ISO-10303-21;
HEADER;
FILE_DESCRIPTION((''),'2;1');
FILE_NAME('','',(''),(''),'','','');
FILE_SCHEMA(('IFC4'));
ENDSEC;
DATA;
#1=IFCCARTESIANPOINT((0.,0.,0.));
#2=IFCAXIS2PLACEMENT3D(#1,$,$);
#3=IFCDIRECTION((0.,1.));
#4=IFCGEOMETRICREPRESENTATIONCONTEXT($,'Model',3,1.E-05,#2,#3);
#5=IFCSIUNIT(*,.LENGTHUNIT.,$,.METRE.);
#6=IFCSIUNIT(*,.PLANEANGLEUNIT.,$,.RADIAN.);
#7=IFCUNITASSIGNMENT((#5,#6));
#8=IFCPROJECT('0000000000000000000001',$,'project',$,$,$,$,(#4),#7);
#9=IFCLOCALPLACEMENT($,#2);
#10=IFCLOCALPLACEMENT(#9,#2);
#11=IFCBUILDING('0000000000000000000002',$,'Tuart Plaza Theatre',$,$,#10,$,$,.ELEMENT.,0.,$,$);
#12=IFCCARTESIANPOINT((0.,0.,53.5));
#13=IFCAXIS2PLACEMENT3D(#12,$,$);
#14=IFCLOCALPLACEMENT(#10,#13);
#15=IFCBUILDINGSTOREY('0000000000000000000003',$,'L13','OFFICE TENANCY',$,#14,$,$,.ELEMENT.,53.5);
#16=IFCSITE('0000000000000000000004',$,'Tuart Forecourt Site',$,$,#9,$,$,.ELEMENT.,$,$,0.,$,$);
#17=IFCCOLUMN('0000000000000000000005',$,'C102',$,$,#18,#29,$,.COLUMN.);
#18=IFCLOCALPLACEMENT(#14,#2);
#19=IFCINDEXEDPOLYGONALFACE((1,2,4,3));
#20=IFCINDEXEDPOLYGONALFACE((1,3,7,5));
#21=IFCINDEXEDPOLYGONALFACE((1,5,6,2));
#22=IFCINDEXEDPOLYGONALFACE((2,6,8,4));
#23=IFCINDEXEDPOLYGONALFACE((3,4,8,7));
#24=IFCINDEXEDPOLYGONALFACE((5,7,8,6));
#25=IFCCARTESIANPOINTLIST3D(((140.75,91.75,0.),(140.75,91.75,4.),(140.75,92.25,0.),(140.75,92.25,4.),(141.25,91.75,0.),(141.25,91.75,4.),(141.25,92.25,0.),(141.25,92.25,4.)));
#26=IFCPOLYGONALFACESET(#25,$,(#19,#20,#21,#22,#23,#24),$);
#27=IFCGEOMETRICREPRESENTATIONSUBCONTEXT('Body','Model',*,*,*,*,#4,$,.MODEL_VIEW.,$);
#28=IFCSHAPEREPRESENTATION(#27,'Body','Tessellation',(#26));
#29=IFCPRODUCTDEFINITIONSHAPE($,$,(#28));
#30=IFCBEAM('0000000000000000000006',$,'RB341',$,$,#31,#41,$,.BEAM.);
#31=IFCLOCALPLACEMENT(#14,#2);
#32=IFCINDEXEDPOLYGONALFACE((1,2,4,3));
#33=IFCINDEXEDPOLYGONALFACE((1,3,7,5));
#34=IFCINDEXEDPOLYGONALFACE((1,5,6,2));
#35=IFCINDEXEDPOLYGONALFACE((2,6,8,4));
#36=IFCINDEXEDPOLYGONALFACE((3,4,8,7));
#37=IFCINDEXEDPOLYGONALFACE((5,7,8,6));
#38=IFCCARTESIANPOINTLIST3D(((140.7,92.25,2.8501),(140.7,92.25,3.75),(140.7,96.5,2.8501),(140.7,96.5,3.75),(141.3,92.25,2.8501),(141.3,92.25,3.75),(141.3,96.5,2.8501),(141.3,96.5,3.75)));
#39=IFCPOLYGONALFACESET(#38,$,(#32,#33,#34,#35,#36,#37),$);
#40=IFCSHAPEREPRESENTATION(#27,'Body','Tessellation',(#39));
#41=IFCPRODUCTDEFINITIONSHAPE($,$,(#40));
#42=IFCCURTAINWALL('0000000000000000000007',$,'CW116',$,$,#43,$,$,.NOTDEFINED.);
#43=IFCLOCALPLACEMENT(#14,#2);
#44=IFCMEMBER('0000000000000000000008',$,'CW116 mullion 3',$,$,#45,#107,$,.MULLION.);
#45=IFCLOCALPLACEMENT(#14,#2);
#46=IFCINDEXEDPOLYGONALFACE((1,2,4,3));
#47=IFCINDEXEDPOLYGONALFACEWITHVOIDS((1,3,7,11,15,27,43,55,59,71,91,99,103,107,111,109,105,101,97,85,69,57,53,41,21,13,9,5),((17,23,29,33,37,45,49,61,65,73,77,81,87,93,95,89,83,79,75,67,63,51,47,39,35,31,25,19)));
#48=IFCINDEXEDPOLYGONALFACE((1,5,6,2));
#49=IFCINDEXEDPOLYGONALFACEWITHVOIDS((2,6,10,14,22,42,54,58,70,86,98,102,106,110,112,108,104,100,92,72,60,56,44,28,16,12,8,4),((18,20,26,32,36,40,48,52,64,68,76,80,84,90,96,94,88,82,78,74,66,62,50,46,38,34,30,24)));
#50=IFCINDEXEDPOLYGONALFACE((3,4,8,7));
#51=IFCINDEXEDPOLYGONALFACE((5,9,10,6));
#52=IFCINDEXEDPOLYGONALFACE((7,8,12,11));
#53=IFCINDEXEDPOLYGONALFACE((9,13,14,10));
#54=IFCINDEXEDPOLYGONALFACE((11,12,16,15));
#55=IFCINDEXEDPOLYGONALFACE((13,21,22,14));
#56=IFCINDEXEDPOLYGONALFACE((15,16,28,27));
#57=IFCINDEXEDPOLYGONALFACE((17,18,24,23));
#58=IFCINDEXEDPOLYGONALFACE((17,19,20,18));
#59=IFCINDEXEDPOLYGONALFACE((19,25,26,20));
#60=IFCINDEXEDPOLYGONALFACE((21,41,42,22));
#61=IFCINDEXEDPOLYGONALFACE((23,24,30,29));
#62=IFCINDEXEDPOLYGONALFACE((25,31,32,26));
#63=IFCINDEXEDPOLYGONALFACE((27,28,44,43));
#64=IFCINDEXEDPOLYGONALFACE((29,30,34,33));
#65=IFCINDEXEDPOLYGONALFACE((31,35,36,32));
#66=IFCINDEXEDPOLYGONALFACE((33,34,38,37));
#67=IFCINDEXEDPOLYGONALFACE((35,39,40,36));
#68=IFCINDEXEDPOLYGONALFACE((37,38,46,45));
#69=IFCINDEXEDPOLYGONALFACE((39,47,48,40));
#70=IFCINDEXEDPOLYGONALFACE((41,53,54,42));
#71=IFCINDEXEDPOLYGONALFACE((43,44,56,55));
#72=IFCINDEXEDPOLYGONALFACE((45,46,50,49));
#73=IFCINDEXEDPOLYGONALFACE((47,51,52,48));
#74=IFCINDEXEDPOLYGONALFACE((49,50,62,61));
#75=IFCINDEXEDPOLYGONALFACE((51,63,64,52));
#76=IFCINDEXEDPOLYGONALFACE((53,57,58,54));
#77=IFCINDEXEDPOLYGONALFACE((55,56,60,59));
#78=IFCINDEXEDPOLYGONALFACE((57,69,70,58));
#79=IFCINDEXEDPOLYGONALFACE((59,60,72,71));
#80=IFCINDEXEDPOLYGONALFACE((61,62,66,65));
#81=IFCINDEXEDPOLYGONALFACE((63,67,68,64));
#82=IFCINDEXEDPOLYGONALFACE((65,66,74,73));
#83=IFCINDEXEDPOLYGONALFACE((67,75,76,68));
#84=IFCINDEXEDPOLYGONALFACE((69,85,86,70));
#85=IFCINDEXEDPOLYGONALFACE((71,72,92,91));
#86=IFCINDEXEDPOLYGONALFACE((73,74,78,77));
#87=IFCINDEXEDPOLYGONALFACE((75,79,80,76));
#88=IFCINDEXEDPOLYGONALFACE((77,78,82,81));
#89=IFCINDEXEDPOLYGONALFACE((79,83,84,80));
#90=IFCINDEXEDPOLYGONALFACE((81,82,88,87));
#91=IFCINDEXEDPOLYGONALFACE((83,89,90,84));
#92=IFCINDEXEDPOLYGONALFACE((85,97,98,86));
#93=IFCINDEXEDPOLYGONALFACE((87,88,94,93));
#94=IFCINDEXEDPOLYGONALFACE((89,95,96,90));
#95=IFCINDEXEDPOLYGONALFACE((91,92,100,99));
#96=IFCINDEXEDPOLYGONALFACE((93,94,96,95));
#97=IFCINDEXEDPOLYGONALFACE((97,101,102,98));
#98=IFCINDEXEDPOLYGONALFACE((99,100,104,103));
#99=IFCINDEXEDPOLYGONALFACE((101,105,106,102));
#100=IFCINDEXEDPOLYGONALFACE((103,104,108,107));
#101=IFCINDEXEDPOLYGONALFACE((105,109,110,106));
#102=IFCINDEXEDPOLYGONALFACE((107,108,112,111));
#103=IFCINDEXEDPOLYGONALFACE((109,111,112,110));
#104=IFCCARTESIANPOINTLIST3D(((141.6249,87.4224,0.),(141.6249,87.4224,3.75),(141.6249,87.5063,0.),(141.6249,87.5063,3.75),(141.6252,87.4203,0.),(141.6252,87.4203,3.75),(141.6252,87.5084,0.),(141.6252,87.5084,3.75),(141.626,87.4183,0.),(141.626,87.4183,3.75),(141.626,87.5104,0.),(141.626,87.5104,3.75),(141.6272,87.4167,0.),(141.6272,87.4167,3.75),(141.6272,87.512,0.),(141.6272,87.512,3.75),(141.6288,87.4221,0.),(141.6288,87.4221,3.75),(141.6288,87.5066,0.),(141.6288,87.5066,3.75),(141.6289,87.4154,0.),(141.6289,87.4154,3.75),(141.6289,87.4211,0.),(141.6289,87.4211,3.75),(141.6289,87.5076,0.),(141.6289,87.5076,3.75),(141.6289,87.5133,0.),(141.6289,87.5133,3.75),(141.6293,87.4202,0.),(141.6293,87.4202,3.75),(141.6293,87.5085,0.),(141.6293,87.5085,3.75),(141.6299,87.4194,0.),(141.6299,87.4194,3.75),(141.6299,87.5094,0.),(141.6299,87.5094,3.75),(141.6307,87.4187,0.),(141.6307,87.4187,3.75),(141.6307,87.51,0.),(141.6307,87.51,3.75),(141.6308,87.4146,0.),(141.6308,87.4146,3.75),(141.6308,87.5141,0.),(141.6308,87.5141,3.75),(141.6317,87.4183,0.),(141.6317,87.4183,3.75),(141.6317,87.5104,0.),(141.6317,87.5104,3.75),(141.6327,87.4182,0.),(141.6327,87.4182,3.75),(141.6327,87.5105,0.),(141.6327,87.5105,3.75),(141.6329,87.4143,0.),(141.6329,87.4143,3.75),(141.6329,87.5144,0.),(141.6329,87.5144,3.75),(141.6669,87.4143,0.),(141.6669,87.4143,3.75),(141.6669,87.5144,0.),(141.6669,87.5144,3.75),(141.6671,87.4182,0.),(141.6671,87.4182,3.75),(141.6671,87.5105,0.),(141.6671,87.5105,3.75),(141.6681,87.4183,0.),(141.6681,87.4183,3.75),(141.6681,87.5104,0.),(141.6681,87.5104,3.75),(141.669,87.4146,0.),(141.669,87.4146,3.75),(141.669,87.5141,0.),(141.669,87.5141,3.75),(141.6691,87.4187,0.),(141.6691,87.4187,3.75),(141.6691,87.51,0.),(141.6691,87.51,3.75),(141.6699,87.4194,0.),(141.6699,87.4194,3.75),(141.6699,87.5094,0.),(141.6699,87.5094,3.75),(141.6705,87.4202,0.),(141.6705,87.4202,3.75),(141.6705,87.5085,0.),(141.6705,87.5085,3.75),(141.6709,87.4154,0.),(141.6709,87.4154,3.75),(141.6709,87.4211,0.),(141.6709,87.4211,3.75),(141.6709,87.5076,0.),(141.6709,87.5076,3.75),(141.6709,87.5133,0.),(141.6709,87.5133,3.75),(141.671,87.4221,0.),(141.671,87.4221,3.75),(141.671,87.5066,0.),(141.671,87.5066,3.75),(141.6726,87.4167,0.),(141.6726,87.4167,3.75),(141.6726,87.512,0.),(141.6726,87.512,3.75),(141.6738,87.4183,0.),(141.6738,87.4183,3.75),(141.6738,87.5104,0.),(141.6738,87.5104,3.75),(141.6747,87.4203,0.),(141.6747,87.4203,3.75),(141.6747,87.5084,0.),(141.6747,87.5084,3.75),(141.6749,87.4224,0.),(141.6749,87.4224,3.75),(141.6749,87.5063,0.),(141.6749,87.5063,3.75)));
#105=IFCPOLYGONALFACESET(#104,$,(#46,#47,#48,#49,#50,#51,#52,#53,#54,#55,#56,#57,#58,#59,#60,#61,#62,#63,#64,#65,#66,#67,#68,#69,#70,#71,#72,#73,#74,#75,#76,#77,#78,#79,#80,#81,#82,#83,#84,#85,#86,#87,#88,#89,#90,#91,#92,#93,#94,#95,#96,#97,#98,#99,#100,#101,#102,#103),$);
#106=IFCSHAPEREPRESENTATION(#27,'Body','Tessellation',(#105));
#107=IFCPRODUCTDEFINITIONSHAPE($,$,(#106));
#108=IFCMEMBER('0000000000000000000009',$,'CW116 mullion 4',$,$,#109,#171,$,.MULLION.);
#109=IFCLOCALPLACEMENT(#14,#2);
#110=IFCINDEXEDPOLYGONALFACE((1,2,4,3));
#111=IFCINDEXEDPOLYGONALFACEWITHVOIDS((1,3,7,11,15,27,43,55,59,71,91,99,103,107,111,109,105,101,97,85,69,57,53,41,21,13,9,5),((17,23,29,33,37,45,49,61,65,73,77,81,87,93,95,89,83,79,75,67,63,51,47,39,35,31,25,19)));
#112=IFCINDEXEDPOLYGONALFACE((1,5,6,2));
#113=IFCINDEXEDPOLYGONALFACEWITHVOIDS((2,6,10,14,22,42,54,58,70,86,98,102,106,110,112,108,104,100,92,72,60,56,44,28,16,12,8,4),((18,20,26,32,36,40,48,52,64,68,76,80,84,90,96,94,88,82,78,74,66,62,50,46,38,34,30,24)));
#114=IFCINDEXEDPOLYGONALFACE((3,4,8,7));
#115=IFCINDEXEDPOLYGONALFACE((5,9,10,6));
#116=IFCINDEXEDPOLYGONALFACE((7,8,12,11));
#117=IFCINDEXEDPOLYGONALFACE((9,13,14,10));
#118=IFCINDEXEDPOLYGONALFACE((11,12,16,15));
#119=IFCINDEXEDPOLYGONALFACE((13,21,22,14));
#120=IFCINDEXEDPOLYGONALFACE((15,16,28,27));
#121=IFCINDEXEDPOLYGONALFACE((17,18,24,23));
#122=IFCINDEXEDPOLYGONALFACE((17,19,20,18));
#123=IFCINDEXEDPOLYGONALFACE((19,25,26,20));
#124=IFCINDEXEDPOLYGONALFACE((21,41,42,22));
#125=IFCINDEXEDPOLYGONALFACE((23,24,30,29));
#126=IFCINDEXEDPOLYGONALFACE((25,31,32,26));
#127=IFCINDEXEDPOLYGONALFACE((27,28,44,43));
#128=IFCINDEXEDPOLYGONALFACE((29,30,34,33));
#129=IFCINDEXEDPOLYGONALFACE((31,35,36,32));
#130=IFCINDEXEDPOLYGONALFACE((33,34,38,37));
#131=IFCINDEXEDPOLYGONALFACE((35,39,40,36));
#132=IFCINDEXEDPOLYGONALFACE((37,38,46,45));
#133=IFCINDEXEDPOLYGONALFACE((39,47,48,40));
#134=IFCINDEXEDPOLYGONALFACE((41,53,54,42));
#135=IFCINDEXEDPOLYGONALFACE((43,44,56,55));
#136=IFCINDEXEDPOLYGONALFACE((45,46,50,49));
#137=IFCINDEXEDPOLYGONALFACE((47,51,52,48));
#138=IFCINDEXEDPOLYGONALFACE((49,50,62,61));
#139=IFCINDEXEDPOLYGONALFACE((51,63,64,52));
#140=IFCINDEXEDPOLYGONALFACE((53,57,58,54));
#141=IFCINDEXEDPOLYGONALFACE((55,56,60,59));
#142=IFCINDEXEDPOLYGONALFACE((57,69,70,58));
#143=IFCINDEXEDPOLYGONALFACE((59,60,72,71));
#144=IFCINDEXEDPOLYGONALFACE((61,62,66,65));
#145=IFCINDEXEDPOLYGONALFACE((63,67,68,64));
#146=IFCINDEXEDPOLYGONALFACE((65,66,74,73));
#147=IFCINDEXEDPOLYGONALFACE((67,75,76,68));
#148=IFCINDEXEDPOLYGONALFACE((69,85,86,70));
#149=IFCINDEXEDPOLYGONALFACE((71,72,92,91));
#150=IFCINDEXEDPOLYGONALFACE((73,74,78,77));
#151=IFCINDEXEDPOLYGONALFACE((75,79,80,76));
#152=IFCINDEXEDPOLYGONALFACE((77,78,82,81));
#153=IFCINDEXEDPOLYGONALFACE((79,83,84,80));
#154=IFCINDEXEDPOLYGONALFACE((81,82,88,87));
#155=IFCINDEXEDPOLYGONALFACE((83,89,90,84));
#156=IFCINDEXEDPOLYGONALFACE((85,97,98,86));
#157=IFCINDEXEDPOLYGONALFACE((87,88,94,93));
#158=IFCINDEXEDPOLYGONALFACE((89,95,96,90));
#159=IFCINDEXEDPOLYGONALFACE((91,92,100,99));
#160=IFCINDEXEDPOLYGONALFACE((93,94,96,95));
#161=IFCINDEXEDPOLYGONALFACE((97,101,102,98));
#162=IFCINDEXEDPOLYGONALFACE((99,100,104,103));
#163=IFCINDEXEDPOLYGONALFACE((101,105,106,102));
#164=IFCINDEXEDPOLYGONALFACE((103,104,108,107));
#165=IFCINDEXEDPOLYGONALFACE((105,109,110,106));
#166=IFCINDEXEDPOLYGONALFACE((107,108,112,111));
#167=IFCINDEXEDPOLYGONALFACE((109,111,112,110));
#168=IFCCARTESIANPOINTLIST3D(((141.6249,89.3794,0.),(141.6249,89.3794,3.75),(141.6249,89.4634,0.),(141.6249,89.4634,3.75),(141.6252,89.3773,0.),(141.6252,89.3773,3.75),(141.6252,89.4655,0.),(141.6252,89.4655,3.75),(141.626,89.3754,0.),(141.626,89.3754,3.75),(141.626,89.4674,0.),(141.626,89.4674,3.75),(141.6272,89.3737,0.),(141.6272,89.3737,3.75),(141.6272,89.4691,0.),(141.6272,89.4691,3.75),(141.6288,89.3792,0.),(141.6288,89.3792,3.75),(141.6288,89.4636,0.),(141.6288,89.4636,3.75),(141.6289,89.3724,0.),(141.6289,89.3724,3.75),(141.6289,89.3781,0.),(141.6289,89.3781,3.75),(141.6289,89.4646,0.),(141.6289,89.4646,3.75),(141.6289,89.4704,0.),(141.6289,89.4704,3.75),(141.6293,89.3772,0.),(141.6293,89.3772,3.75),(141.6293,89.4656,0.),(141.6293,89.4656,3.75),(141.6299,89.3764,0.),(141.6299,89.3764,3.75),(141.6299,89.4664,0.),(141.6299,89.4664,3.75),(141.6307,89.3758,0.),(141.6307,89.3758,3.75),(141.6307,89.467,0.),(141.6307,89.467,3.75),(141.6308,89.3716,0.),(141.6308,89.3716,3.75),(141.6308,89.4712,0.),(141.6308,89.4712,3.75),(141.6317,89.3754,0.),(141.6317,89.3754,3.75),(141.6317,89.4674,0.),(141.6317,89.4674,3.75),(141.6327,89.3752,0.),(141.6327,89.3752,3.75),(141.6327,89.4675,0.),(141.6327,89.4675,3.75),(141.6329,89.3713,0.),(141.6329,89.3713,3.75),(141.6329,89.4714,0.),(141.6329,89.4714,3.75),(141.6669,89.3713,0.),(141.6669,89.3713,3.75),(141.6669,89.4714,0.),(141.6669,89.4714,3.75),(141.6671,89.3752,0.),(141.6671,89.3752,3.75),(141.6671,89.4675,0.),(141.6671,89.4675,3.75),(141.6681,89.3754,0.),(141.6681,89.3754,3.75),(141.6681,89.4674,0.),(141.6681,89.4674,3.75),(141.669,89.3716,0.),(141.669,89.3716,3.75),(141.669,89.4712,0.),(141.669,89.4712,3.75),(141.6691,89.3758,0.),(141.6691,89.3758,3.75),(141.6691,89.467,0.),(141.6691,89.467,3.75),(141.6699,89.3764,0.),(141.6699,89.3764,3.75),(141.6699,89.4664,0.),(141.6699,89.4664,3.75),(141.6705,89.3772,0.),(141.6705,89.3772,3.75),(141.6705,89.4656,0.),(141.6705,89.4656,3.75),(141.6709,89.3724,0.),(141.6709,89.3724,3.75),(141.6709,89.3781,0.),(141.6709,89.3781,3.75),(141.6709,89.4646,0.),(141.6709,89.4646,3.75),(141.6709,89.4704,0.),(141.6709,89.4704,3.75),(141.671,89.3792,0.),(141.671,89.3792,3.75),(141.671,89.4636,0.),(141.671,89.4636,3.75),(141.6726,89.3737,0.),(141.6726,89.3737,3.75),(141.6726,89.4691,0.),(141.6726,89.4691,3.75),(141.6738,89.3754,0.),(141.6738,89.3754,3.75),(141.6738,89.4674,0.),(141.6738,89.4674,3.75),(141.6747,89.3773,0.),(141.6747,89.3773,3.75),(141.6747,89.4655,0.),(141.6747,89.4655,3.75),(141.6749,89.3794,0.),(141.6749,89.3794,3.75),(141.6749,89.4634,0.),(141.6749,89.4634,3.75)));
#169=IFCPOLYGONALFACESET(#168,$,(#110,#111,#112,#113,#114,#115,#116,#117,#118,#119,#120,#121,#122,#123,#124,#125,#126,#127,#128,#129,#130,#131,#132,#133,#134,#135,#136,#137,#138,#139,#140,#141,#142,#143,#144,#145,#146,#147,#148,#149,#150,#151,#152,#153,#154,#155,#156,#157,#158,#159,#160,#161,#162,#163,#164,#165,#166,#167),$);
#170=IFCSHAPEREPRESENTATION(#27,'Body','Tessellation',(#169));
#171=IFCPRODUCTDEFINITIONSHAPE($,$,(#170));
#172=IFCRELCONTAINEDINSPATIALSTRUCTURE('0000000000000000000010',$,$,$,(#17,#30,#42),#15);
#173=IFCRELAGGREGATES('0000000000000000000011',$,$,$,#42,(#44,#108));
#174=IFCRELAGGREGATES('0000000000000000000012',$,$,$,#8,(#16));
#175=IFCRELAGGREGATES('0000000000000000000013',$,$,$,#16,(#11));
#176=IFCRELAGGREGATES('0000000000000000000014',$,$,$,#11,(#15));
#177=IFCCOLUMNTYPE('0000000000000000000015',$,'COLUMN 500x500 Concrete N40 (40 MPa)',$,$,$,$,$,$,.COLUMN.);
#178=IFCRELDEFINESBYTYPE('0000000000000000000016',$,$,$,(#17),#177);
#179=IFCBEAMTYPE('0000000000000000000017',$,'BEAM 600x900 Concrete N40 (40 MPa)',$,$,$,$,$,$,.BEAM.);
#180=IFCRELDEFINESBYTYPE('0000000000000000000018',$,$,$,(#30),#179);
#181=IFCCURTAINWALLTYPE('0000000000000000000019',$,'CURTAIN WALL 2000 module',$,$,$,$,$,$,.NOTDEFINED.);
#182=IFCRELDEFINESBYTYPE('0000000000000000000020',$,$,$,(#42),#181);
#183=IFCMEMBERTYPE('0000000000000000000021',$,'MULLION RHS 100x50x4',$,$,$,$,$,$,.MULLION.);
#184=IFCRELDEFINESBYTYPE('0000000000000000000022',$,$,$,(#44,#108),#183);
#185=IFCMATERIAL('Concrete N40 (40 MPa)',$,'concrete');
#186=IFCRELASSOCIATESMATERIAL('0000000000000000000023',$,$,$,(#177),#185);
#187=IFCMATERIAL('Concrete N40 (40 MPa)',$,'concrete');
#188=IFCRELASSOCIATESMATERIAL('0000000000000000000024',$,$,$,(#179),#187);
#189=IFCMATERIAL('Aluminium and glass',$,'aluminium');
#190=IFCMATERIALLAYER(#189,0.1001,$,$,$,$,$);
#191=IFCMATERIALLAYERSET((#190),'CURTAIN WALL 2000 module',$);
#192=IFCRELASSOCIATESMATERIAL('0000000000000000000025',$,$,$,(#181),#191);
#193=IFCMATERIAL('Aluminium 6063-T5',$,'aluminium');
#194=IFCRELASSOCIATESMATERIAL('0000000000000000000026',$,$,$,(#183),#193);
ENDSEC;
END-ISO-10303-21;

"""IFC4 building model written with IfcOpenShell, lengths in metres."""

from ifc_helpers import new_model, si_unit, direction, frame, origin, origin_2d, place, context, subcontext, project, spatial, rectangle, hollow_rectangle, extrude, material, layer, layer_set, material_profile, profile_set, type_object, element, aggregate, save


model = new_model("IFC4")

# Units and contexts
model_context = context("Model", 3, precision=1e-05, world=origin(), true_north=direction((0.0, 1.0)))
body_context = subcontext(model_context, "Body", "Model", "MODEL_VIEW")
ifc_project = project(units=[si_unit("LENGTHUNIT", "METRE"), si_unit("PLANEANGLEUNIT", "RADIAN")], contexts=[model_context])

# Site, building, storey
site_placement = place(None, origin())
site = spatial("IfcSite", under=ifc_project, at=site_placement, Name="Tuart Forecourt Site", CompositionType="ELEMENT", RefElevation=0.0)
building_placement = place(site_placement, origin())
building = spatial("IfcBuilding", under=site, at=building_placement, Name="Tuart Plaza Theatre", CompositionType="ELEMENT", ElevationOfRefHeight=0.0)
storey_placement = place(building_placement, frame((0.0, 0.0, 53.5)))
storey = spatial("IfcBuildingStorey", under=building, at=storey_placement, Name="L13", Description="OFFICE TENANCY", CompositionType="ELEMENT", Elevation=53.5)

# Column
ifc_material_1 = material(Name="Concrete N40 (40 MPa)", Category="concrete")
ifc_material_profile_1 = material_profile(ifc_material_1, rectangle(XDim=0.5, YDim=0.5, at=origin_2d()), Name="COLUMN 500x500 Concrete N40 (40 MPa)")
ifc_profile_set_1 = profile_set([ifc_material_profile_1], Name="Concrete N40 (40 MPa)")
column_type = type_object("IfcColumnType", Name="COLUMN 500x500 Concrete N40 (40 MPa)", PredefinedType="COLUMN", material=ifc_profile_set_1)
column_placement = place(storey_placement, frame((141.0, 92.0, 0.0), z_axis=(0.0, 0.0, 1.0), x_axis=(1.0, 0.0, 0.0)))
element("IfcColumn", 1, at=column_placement, inside=storey, type_object=column_type, Name="C102", PredefinedType="COLUMN", context=body_context, shape_type="SweptSolid", body=[
    extrude(rectangle(XDim=0.5, YDim=0.5, at=origin_2d()), origin(), (0.0, 0.0, 1.0), 4.0),
])

# Beam
ifc_material_2 = material(Name="Concrete N40 (40 MPa)", Category="concrete")
ifc_material_profile_2 = material_profile(ifc_material_2, rectangle(XDim=0.6001, YDim=0.8999, at=origin_2d()), Name="BEAM 600x900 Concrete N40 (40 MPa)")
ifc_profile_set_2 = profile_set([ifc_material_profile_2], Name="Concrete N40 (40 MPa)")
beam_type = type_object("IfcBeamType", Name="BEAM 600x900 Concrete N40 (40 MPa)", PredefinedType="BEAM", material=ifc_profile_set_2)
beam_placement = place(storey_placement, frame((141.0, 92.25, 3.3), z_axis=(0.0, 1.0, 0.0), x_axis=(-1.0, 0.0, 0.0)))
element("IfcBeam", 2, at=beam_placement, inside=storey, type_object=beam_type, Name="RB341", PredefinedType="BEAM", context=body_context, shape_type="SweptSolid", body=[
    extrude(rectangle(XDim=0.6001, YDim=0.8999, at=origin_2d()), origin(), (0.0, 0.0, 1.0), 4.25),
])

# Curtain wall, members
ifc_material_3 = material(Name="Aluminium and glass", Category="aluminium")
ifc_layer_1 = layer(ifc_material_3, 0.1001)
ifc_layer_set_1 = layer_set([ifc_layer_1], Name="CURTAIN WALL 2000 module")
curtain_wall_type = type_object("IfcCurtainWallType", Name="CURTAIN WALL 2000 module", PredefinedType="NOTDEFINED", material=ifc_layer_set_1)
curtain_wall_placement = place(storey_placement, origin())
curtain_wall = element("IfcCurtainWall", 3, at=curtain_wall_placement, inside=storey, type_object=curtain_wall_type, Name="CW116", PredefinedType="NOTDEFINED")
ifc_material_4 = material(Name="Aluminium 6063-T5", Category="aluminium")
ifc_material_profile_3 = material_profile(ifc_material_4, hollow_rectangle(XDim=0.05, YDim=0.1001, WallThickness=0.0039, InnerFilletRadius=0.0039, OuterFilletRadius=0.0081, at=origin_2d()), Name="RHS 100x50x4")
ifc_profile_set_3 = profile_set([ifc_material_profile_3], Name="Aluminium 6063-T5")
member_type_1 = type_object("IfcMemberType", Name="MULLION RHS 100x50x4", PredefinedType="MULLION", material=ifc_profile_set_3)
member_1_placement = place(storey_placement, frame((141.6499, 87.4644, 0.0), z_axis=(0.0, 0.0, 1.0), x_axis=(-1.0, 0.0, 0.0)))
member_1 = element("IfcMember", 4, at=member_1_placement, type_object=member_type_1, Name="CW116 mullion 3", PredefinedType="MULLION", context=body_context, shape_type="SweptSolid", body=[
    extrude(hollow_rectangle(XDim=0.05, YDim=0.1001, WallThickness=0.0039, InnerFilletRadius=0.0039, OuterFilletRadius=0.0081, at=origin_2d()), origin(), (0.0, 0.0, 1.0), 3.75),
])
member_2_placement = place(storey_placement, frame((141.6499, 89.4214, 0.0), z_axis=(0.0, 0.0, 1.0), x_axis=(-1.0, 0.0, 0.0)))
member_2 = element("IfcMember", 5, at=member_2_placement, type_object=member_type_1, Name="CW116 mullion 4", PredefinedType="MULLION", context=body_context, shape_type="SweptSolid", body=[
    extrude(hollow_rectangle(XDim=0.05, YDim=0.1001, WallThickness=0.0039, InnerFilletRadius=0.0039, OuterFilletRadius=0.0081, at=origin_2d()), origin(), (0.0, 0.0, 1.0), 3.75),
])
aggregate(curtain_wall, [member_1, member_2])

save(model, "model.ifc")
